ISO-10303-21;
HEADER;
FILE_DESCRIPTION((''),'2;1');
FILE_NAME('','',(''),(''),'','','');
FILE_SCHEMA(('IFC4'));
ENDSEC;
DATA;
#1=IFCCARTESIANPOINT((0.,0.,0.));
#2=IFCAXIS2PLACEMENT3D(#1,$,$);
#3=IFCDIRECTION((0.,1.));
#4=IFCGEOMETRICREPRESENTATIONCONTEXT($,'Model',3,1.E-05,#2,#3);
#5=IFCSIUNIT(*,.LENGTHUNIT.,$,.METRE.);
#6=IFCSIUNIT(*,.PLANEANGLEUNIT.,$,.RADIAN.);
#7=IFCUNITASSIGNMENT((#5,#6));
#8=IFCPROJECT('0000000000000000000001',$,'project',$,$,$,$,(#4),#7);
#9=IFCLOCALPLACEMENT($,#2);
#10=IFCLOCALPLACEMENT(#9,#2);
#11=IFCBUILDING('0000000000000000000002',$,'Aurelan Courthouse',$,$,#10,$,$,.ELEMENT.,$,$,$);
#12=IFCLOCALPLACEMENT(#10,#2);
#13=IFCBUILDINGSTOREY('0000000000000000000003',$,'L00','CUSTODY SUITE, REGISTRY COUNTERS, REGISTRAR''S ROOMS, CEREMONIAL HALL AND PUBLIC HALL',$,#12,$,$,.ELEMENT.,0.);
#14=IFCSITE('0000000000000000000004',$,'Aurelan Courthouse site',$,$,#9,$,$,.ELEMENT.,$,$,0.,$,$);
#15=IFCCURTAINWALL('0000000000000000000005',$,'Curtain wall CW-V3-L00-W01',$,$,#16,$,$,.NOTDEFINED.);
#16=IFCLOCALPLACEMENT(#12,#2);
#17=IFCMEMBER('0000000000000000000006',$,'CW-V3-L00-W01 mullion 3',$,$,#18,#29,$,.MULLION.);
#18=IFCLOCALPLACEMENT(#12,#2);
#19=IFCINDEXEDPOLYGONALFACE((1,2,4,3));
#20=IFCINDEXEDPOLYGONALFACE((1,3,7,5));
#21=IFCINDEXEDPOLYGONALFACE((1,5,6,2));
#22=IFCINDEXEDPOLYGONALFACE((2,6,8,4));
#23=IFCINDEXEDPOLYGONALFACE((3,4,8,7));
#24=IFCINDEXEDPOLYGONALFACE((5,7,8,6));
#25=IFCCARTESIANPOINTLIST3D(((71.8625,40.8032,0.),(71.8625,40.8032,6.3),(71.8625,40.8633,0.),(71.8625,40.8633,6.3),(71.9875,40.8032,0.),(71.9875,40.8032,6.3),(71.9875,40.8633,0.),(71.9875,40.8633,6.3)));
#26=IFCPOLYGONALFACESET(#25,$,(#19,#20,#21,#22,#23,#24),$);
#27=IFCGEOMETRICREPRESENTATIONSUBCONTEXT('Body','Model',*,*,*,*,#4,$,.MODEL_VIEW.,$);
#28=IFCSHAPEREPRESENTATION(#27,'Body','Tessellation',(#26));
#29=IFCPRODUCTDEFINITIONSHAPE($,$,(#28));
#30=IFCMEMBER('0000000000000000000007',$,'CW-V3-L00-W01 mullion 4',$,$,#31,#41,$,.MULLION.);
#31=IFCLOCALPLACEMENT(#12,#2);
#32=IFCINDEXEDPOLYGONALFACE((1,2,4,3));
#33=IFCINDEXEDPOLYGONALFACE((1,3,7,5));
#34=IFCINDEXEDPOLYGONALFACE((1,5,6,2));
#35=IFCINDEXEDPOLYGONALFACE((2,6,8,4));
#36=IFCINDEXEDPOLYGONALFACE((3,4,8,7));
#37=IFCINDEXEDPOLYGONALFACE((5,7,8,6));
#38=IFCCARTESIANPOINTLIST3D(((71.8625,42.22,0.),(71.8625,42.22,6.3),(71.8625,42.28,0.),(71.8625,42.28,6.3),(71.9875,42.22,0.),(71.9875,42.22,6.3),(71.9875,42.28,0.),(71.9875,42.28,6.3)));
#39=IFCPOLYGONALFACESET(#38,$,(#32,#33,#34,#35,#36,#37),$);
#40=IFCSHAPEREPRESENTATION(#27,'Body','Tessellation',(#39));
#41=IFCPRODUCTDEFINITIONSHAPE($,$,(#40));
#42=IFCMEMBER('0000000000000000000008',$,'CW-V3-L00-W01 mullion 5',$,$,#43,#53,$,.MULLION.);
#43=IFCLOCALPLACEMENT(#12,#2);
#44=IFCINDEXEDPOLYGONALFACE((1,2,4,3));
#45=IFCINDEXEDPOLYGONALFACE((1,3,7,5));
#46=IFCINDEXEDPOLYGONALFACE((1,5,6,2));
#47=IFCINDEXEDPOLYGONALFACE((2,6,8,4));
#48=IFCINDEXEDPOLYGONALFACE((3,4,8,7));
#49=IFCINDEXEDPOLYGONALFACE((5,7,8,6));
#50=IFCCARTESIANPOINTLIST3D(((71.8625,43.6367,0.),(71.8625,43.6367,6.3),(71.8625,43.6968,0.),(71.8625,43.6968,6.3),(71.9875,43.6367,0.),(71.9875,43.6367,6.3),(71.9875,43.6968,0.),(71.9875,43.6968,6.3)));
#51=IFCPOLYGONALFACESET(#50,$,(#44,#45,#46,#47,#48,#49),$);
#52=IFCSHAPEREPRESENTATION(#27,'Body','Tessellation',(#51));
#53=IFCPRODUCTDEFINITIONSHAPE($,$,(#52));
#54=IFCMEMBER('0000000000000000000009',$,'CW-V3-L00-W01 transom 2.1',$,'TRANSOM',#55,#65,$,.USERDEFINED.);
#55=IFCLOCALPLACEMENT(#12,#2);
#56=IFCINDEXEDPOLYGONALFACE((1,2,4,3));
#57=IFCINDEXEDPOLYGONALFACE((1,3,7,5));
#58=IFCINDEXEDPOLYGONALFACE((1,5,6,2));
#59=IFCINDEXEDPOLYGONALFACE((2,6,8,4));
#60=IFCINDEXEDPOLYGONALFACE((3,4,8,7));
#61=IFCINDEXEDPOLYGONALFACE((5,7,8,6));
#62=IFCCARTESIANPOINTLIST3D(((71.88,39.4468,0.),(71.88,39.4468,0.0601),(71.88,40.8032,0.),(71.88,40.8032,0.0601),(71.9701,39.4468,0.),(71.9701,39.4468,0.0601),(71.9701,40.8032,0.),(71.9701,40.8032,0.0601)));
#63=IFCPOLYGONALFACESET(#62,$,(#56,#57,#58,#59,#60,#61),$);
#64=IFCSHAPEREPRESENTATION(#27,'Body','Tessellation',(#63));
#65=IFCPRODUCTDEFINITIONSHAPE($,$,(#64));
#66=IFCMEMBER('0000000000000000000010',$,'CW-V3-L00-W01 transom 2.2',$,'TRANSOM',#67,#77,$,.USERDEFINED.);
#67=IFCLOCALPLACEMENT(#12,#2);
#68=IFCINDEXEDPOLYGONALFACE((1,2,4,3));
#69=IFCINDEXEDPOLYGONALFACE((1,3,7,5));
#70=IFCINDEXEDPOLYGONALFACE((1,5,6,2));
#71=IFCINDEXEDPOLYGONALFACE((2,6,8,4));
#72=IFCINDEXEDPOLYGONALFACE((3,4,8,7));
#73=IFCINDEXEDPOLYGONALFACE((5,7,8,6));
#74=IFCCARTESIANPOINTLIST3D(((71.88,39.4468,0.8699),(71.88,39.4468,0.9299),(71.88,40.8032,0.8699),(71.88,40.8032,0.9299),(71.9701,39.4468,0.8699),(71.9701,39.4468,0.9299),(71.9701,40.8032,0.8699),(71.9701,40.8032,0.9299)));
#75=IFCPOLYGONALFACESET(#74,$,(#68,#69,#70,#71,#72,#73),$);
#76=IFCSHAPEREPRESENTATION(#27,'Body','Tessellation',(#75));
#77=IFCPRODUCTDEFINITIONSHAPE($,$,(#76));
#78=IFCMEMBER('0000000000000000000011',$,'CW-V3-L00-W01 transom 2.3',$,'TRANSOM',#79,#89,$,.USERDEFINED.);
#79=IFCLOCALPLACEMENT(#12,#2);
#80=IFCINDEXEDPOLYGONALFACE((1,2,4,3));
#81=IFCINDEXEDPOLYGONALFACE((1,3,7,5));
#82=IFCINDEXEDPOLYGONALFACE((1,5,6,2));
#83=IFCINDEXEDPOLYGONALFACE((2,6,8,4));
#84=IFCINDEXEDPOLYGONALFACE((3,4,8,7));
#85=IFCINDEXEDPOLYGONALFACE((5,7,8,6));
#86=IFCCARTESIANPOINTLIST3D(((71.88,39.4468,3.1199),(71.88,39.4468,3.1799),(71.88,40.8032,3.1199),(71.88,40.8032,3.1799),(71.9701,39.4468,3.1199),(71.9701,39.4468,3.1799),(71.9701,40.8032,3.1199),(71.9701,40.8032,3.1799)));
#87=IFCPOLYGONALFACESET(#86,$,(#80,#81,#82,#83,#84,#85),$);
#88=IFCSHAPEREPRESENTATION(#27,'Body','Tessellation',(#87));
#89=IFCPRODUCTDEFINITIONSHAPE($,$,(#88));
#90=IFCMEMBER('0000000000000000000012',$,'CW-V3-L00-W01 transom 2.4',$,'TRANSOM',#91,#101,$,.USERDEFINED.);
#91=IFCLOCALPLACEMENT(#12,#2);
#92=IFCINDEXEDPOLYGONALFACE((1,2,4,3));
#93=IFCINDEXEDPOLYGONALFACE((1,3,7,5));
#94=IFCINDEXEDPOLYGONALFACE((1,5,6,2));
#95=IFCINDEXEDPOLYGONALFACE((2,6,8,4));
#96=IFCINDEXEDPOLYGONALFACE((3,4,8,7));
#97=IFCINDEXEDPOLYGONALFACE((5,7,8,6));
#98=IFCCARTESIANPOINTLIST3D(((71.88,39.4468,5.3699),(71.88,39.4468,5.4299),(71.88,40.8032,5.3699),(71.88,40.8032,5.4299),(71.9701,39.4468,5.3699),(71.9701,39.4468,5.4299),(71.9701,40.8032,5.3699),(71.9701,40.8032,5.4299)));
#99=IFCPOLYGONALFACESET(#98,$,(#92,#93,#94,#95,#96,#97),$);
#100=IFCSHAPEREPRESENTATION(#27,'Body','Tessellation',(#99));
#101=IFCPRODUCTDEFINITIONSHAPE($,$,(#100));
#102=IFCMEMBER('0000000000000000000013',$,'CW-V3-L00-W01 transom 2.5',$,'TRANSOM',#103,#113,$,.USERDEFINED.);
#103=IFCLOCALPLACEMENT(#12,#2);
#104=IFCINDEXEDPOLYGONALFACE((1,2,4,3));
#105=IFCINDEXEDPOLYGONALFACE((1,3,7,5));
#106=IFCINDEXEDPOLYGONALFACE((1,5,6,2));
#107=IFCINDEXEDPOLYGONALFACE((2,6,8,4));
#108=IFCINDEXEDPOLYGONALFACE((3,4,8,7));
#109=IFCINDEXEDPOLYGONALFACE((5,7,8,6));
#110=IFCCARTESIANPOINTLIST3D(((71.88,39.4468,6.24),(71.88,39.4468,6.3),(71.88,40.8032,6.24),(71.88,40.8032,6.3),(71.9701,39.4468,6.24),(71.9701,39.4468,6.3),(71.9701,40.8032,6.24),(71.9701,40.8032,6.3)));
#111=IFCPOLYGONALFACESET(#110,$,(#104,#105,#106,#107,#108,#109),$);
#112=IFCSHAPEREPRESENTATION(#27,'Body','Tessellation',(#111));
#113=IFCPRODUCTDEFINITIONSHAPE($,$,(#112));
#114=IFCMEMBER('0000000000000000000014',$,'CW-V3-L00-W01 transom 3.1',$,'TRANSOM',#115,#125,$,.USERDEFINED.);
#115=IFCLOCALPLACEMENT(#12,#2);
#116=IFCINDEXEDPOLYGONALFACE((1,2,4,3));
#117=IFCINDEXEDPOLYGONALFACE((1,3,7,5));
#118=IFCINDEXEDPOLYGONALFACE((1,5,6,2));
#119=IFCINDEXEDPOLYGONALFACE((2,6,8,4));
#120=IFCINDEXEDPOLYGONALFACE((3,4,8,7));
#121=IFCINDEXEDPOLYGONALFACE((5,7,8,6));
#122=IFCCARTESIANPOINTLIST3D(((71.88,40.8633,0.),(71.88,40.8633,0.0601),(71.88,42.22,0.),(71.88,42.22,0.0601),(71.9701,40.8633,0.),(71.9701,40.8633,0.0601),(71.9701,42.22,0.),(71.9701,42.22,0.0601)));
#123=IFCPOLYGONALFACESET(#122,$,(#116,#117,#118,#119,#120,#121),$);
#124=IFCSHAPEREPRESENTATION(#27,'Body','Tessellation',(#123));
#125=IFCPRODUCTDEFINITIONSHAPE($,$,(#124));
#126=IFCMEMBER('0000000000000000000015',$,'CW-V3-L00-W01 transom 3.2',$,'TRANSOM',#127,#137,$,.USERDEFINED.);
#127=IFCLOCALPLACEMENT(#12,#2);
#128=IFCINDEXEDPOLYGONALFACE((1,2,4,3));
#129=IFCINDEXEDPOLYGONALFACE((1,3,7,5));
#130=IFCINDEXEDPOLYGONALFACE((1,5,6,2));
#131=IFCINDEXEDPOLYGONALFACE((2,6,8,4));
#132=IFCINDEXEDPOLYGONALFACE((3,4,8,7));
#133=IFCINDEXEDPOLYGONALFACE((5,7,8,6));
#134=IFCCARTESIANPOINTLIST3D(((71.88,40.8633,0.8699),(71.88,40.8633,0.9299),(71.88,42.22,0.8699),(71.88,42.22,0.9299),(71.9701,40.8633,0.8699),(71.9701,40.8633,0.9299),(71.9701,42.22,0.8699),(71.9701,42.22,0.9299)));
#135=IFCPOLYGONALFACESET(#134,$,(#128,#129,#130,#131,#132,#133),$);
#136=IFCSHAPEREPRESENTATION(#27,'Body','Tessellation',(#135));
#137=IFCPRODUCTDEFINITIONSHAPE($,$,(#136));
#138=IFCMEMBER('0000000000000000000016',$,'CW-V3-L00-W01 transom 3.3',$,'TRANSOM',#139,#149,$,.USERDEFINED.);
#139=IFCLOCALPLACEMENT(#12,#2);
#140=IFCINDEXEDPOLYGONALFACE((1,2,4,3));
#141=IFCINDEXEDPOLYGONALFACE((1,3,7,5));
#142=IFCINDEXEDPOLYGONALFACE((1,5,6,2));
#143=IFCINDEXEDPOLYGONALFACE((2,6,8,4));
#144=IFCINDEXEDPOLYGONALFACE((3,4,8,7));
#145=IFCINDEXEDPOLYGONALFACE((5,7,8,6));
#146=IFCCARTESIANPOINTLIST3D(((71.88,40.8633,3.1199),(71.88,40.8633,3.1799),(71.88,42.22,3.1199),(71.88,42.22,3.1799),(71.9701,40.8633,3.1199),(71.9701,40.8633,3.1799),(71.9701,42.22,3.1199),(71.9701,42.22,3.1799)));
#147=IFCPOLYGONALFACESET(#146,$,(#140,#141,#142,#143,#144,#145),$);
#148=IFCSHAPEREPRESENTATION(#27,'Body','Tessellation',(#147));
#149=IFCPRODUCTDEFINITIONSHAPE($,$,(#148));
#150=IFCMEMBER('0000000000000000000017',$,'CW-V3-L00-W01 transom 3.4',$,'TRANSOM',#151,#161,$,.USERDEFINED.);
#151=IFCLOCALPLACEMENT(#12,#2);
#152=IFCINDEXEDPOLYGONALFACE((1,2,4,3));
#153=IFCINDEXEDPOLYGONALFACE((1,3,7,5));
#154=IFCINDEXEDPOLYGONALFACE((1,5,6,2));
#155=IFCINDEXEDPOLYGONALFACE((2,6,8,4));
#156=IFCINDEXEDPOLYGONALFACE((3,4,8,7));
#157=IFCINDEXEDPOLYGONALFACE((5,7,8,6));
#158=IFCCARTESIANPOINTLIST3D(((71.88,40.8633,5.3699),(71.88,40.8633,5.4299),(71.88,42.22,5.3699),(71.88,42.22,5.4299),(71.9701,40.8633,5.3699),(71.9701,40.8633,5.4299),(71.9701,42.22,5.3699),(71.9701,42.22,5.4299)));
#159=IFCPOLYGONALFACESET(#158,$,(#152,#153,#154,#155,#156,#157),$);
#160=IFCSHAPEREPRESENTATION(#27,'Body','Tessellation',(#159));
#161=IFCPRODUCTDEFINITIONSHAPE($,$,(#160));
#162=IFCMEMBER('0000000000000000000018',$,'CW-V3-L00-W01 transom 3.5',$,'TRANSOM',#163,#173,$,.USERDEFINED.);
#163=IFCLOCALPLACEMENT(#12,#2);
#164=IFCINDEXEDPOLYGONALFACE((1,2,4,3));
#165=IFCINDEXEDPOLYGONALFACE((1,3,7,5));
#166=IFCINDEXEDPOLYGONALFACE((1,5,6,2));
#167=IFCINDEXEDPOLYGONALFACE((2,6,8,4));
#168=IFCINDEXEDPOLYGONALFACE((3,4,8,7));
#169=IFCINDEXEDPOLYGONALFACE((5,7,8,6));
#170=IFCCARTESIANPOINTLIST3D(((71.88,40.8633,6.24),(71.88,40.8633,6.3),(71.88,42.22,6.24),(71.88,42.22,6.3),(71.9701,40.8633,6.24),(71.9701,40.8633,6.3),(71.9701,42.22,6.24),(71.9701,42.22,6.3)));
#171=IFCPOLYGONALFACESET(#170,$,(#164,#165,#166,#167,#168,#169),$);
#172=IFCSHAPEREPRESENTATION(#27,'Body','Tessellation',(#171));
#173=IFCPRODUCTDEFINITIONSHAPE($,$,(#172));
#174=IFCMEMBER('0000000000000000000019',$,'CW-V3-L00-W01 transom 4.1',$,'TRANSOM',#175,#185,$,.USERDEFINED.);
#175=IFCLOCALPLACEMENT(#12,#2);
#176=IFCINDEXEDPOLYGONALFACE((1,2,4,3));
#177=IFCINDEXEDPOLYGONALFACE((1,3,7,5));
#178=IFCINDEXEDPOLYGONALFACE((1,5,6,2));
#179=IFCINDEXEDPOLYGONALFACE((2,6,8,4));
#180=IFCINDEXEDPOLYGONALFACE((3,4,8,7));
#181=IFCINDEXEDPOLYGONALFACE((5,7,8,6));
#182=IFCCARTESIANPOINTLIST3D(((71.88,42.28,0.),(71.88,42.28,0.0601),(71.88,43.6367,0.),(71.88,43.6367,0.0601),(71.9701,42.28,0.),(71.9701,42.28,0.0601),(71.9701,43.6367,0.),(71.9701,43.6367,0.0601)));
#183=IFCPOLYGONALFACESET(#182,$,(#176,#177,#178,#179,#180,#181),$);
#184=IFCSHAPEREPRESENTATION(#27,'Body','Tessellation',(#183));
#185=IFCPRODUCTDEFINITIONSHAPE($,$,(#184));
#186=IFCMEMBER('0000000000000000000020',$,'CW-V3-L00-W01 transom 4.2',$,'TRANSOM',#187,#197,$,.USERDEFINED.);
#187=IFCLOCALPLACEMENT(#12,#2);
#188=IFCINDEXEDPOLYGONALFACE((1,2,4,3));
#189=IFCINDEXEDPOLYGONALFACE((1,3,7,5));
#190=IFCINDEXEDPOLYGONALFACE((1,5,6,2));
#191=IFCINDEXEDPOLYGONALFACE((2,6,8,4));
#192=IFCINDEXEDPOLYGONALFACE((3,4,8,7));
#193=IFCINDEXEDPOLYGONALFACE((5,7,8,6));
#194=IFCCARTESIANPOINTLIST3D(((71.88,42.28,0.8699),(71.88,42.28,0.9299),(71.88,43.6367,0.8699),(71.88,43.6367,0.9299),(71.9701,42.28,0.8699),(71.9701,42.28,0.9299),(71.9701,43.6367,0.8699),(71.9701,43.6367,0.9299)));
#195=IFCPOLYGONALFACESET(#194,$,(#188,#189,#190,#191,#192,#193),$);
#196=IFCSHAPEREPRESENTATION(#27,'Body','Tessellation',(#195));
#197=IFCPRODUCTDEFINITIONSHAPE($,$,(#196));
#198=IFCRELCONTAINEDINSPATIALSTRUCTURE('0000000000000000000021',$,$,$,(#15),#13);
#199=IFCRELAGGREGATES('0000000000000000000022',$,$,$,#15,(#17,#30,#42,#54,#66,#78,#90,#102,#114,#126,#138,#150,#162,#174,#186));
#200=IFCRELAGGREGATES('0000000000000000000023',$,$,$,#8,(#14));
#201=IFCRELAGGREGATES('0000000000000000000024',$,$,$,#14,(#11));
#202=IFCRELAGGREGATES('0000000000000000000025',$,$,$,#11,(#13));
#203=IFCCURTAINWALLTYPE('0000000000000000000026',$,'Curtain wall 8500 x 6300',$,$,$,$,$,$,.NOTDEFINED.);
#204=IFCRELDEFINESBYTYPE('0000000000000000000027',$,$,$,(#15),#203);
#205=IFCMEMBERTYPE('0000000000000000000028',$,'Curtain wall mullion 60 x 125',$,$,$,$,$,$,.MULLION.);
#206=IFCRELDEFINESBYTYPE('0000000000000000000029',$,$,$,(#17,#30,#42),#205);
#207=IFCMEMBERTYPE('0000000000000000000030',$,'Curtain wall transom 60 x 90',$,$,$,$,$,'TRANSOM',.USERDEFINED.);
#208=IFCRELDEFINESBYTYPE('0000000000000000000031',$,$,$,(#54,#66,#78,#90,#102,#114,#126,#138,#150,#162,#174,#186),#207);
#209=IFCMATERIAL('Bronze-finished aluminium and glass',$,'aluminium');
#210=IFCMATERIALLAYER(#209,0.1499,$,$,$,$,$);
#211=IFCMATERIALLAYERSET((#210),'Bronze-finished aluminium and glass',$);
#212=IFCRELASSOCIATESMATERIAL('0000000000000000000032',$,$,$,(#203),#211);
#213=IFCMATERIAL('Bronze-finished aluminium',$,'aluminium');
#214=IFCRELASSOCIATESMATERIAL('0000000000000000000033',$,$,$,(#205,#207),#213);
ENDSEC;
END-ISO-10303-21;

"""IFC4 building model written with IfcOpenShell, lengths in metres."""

from ifc_helpers import new_model, si_unit, direction, frame, origin, origin_2d, place, context, subcontext, project, spatial, rectangle, extrude, material, layer, layer_set, material_profile, profile_set, type_object, element, aggregate, save


model = new_model("IFC4")

# Units and contexts
model_context = context("Model", 3, precision=1e-05, world=origin(), true_north=direction((0.0, 1.0)))
body_context = subcontext(model_context, "Body", "Model", "MODEL_VIEW")
ifc_project = project(units=[si_unit("LENGTHUNIT", "METRE"), si_unit("PLANEANGLEUNIT", "RADIAN")], contexts=[model_context])

# Site, building, storey
site_placement = place(None, origin())
site = spatial("IfcSite", under=ifc_project, at=site_placement, Name="Aurelan Courthouse site", CompositionType="ELEMENT", RefElevation=0.0)
building_placement = place(site_placement, origin())
building = spatial("IfcBuilding", under=site, at=building_placement, Name="Aurelan Courthouse", CompositionType="ELEMENT")
storey_placement = place(building_placement, origin())
storey = spatial("IfcBuildingStorey", under=building, at=storey_placement, Name="L00", Description="CUSTODY SUITE, REGISTRY COUNTERS, REGISTRAR'S ROOMS, CEREMONIAL HALL AND PUBLIC HALL", CompositionType="ELEMENT", Elevation=0.0)

# Curtain wall, members
ifc_material_1 = material(Name="Bronze-finished aluminium and glass", Category="aluminium")
ifc_layer_1 = layer(ifc_material_1, 0.1499)
ifc_layer_set_1 = layer_set([ifc_layer_1], Name="Bronze-finished aluminium and glass")
curtain_wall_type = type_object("IfcCurtainWallType", Name="Curtain wall 8500 x 6300", PredefinedType="NOTDEFINED", material=ifc_layer_set_1)
curtain_wall_placement = place(storey_placement, origin())
curtain_wall = element("IfcCurtainWall", 1, at=curtain_wall_placement, inside=storey, type_object=curtain_wall_type, Name="Curtain wall CW-V3-L00-W01", PredefinedType="NOTDEFINED")
ifc_material_2 = material(Name="Bronze-finished aluminium", Category="aluminium")
ifc_material_profile_1 = material_profile(ifc_material_2, rectangle(XDim=0.125, YDim=0.0601, at=origin_2d()), Name="Bronze mullion 60 x 125")
ifc_profile_set_1 = profile_set([ifc_material_profile_1], Name="Bronze-finished aluminium")
member_type_1 = type_object("IfcMemberType", Name="Curtain wall mullion 60 x 125", PredefinedType="MULLION", material=ifc_profile_set_1)
member_1_placement = place(storey_placement, frame((71.925, 40.8333, 0.0), z_axis=(0.0, 0.0, 1.0), x_axis=(-1.0, 0.0, 0.0)))
member_1 = element("IfcMember", 2, at=member_1_placement, type_object=member_type_1, Name="CW-V3-L00-W01 mullion 3", PredefinedType="MULLION", context=body_context, shape_type="SweptSolid", body=[
    extrude(rectangle(XDim=0.125, YDim=0.0601, at=origin_2d()), origin(), (0.0, 0.0, 1.0), 6.3),
])
member_2_placement = place(storey_placement, frame((71.925, 42.25, 0.0), z_axis=(0.0, 0.0, 1.0), x_axis=(-1.0, 0.0, 0.0)))
member_2 = element("IfcMember", 3, at=member_2_placement, type_object=member_type_1, Name="CW-V3-L00-W01 mullion 4", PredefinedType="MULLION", context=body_context, shape_type="SweptSolid", body=[
    extrude(rectangle(XDim=0.125, YDim=0.0601, at=origin_2d()), origin(), (0.0, 0.0, 1.0), 6.3),
])
member_3_placement = place(storey_placement, frame((71.925, 43.6667, 0.0), z_axis=(0.0, 0.0, 1.0), x_axis=(-1.0, 0.0, 0.0)))
member_3 = element("IfcMember", 4, at=member_3_placement, type_object=member_type_1, Name="CW-V3-L00-W01 mullion 5", PredefinedType="MULLION", context=body_context, shape_type="SweptSolid", body=[
    extrude(rectangle(XDim=0.125, YDim=0.0601, at=origin_2d()), origin(), (0.0, 0.0, 1.0), 6.3),
])
ifc_material_profile_2 = material_profile(ifc_material_2, rectangle(XDim=0.0901, YDim=0.0601, at=origin_2d()), Name="Bronze transom 60 x 90")
ifc_profile_set_2 = profile_set([ifc_material_profile_2], Name="Bronze-finished aluminium")
member_type_2 = type_object("IfcMemberType", Name="Curtain wall transom 60 x 90", ElementType="TRANSOM", PredefinedType="USERDEFINED", material=ifc_profile_set_2)
member_4_placement = place(storey_placement, frame((71.925, 39.4468, 0.03), z_axis=(0.0, 1.0, 0.0), x_axis=(-1.0, 0.0, 0.0)))
member_4 = element("IfcMember", 5, at=member_4_placement, type_object=member_type_2, Name="CW-V3-L00-W01 transom 2.1", ObjectType="TRANSOM", PredefinedType="USERDEFINED", context=body_context, shape_type="SweptSolid", body=[
    extrude(rectangle(XDim=0.0901, YDim=0.0601, at=origin_2d()), origin(), (0.0, 0.0, 1.0), 1.3564),
])
member_5_placement = place(storey_placement, frame((71.925, 39.4468, 0.8999), z_axis=(0.0, 1.0, 0.0), x_axis=(-1.0, 0.0, 0.0)))
member_5 = element("IfcMember", 6, at=member_5_placement, type_object=member_type_2, Name="CW-V3-L00-W01 transom 2.2", ObjectType="TRANSOM", PredefinedType="USERDEFINED", context=body_context, shape_type="SweptSolid", body=[
    extrude(rectangle(XDim=0.0901, YDim=0.0601, at=origin_2d()), origin(), (0.0, 0.0, 1.0), 1.3564),
])
member_6_placement = place(storey_placement, frame((71.925, 39.4468, 3.1499), z_axis=(0.0, 1.0, 0.0), x_axis=(-1.0, 0.0, 0.0)))
member_6 = element("IfcMember", 7, at=member_6_placement, type_object=member_type_2, Name="CW-V3-L00-W01 transom 2.3", ObjectType="TRANSOM", PredefinedType="USERDEFINED", context=body_context, shape_type="SweptSolid", body=[
    extrude(rectangle(XDim=0.0901, YDim=0.0601, at=origin_2d()), origin(), (0.0, 0.0, 1.0), 1.3564),
])
member_7_placement = place(storey_placement, frame((71.925, 39.4468, 5.3999), z_axis=(0.0, 1.0, 0.0), x_axis=(-1.0, 0.0, 0.0)))
member_7 = element("IfcMember", 8, at=member_7_placement, type_object=member_type_2, Name="CW-V3-L00-W01 transom 2.4", ObjectType="TRANSOM", PredefinedType="USERDEFINED", context=body_context, shape_type="SweptSolid", body=[
    extrude(rectangle(XDim=0.0901, YDim=0.0601, at=origin_2d()), origin(), (0.0, 0.0, 1.0), 1.3564),
])
member_8_placement = place(storey_placement, frame((71.925, 39.4468, 6.27), z_axis=(0.0, 1.0, 0.0), x_axis=(-1.0, 0.0, 0.0)))
member_8 = element("IfcMember", 9, at=member_8_placement, type_object=member_type_2, Name="CW-V3-L00-W01 transom 2.5", ObjectType="TRANSOM", PredefinedType="USERDEFINED", context=body_context, shape_type="SweptSolid", body=[
    extrude(rectangle(XDim=0.0901, YDim=0.0601, at=origin_2d()), origin(), (0.0, 0.0, 1.0), 1.3564),
])
member_9_placement = place(storey_placement, frame((71.925, 40.8633, 0.03), z_axis=(0.0, 1.0, 0.0), x_axis=(-1.0, 0.0, 0.0)))
member_9 = element("IfcMember", 10, at=member_9_placement, type_object=member_type_2, Name="CW-V3-L00-W01 transom 3.1", ObjectType="TRANSOM", PredefinedType="USERDEFINED", context=body_context, shape_type="SweptSolid", body=[
    extrude(rectangle(XDim=0.0901, YDim=0.0601, at=origin_2d()), origin(), (0.0, 0.0, 1.0), 1.3567),
])
member_10_placement = place(storey_placement, frame((71.925, 40.8633, 0.8999), z_axis=(0.0, 1.0, 0.0), x_axis=(-1.0, 0.0, 0.0)))
member_10 = element("IfcMember", 11, at=member_10_placement, type_object=member_type_2, Name="CW-V3-L00-W01 transom 3.2", ObjectType="TRANSOM", PredefinedType="USERDEFINED", context=body_context, shape_type="SweptSolid", body=[
    extrude(rectangle(XDim=0.0901, YDim=0.0601, at=origin_2d()), origin(), (0.0, 0.0, 1.0), 1.3567),
])
member_11_placement = place(storey_placement, frame((71.925, 40.8633, 3.1499), z_axis=(0.0, 1.0, 0.0), x_axis=(-1.0, 0.0, 0.0)))
member_11 = element("IfcMember", 12, at=member_11_placement, type_object=member_type_2, Name="CW-V3-L00-W01 transom 3.3", ObjectType="TRANSOM", PredefinedType="USERDEFINED", context=body_context, shape_type="SweptSolid", body=[
    extrude(rectangle(XDim=0.0901, YDim=0.0601, at=origin_2d()), origin(), (0.0, 0.0, 1.0), 1.3567),
])
member_12_placement = place(storey_placement, frame((71.925, 40.8633, 5.3999), z_axis=(0.0, 1.0, 0.0), x_axis=(-1.0, 0.0, 0.0)))
member_12 = element("IfcMember", 13, at=member_12_placement, type_object=member_type_2, Name="CW-V3-L00-W01 transom 3.4", ObjectType="TRANSOM", PredefinedType="USERDEFINED", context=body_context, shape_type="SweptSolid", body=[
    extrude(rectangle(XDim=0.0901, YDim=0.0601, at=origin_2d()), origin(), (0.0, 0.0, 1.0), 1.3567),
])
member_13_placement = place(storey_placement, frame((71.925, 40.8633, 6.27), z_axis=(0.0, 1.0, 0.0), x_axis=(-1.0, 0.0, 0.0)))
member_13 = element("IfcMember", 14, at=member_13_placement, type_object=member_type_2, Name="CW-V3-L00-W01 transom 3.5", ObjectType="TRANSOM", PredefinedType="USERDEFINED", context=body_context, shape_type="SweptSolid", body=[
    extrude(rectangle(XDim=0.0901, YDim=0.0601, at=origin_2d()), origin(), (0.0, 0.0, 1.0), 1.3567),
])
member_14_placement = place(storey_placement, frame((71.925, 42.28, 0.03), z_axis=(0.0, 1.0, 0.0), x_axis=(-1.0, 0.0, 0.0)))
member_14 = element("IfcMember", 15, at=member_14_placement, type_object=member_type_2, Name="CW-V3-L00-W01 transom 4.1", ObjectType="TRANSOM", PredefinedType="USERDEFINED", context=body_context, shape_type="SweptSolid", body=[
    extrude(rectangle(XDim=0.0901, YDim=0.0601, at=origin_2d()), origin(), (0.0, 0.0, 1.0), 1.3567),
])
member_15_placement = place(storey_placement, frame((71.925, 42.28, 0.8999), z_axis=(0.0, 1.0, 0.0), x_axis=(-1.0, 0.0, 0.0)))
member_15 = element("IfcMember", 16, at=member_15_placement, type_object=member_type_2, Name="CW-V3-L00-W01 transom 4.2", ObjectType="TRANSOM", PredefinedType="USERDEFINED", context=body_context, shape_type="SweptSolid", body=[
    extrude(rectangle(XDim=0.0901, YDim=0.0601, at=origin_2d()), origin(), (0.0, 0.0, 1.0), 1.3567),
])
aggregate(curtain_wall, [member_1, member_2, member_3, member_4, member_5, member_6, member_7, member_8, member_9, member_10, member_11, member_12, member_13, member_14, member_15])

save(model, "model.ifc")
